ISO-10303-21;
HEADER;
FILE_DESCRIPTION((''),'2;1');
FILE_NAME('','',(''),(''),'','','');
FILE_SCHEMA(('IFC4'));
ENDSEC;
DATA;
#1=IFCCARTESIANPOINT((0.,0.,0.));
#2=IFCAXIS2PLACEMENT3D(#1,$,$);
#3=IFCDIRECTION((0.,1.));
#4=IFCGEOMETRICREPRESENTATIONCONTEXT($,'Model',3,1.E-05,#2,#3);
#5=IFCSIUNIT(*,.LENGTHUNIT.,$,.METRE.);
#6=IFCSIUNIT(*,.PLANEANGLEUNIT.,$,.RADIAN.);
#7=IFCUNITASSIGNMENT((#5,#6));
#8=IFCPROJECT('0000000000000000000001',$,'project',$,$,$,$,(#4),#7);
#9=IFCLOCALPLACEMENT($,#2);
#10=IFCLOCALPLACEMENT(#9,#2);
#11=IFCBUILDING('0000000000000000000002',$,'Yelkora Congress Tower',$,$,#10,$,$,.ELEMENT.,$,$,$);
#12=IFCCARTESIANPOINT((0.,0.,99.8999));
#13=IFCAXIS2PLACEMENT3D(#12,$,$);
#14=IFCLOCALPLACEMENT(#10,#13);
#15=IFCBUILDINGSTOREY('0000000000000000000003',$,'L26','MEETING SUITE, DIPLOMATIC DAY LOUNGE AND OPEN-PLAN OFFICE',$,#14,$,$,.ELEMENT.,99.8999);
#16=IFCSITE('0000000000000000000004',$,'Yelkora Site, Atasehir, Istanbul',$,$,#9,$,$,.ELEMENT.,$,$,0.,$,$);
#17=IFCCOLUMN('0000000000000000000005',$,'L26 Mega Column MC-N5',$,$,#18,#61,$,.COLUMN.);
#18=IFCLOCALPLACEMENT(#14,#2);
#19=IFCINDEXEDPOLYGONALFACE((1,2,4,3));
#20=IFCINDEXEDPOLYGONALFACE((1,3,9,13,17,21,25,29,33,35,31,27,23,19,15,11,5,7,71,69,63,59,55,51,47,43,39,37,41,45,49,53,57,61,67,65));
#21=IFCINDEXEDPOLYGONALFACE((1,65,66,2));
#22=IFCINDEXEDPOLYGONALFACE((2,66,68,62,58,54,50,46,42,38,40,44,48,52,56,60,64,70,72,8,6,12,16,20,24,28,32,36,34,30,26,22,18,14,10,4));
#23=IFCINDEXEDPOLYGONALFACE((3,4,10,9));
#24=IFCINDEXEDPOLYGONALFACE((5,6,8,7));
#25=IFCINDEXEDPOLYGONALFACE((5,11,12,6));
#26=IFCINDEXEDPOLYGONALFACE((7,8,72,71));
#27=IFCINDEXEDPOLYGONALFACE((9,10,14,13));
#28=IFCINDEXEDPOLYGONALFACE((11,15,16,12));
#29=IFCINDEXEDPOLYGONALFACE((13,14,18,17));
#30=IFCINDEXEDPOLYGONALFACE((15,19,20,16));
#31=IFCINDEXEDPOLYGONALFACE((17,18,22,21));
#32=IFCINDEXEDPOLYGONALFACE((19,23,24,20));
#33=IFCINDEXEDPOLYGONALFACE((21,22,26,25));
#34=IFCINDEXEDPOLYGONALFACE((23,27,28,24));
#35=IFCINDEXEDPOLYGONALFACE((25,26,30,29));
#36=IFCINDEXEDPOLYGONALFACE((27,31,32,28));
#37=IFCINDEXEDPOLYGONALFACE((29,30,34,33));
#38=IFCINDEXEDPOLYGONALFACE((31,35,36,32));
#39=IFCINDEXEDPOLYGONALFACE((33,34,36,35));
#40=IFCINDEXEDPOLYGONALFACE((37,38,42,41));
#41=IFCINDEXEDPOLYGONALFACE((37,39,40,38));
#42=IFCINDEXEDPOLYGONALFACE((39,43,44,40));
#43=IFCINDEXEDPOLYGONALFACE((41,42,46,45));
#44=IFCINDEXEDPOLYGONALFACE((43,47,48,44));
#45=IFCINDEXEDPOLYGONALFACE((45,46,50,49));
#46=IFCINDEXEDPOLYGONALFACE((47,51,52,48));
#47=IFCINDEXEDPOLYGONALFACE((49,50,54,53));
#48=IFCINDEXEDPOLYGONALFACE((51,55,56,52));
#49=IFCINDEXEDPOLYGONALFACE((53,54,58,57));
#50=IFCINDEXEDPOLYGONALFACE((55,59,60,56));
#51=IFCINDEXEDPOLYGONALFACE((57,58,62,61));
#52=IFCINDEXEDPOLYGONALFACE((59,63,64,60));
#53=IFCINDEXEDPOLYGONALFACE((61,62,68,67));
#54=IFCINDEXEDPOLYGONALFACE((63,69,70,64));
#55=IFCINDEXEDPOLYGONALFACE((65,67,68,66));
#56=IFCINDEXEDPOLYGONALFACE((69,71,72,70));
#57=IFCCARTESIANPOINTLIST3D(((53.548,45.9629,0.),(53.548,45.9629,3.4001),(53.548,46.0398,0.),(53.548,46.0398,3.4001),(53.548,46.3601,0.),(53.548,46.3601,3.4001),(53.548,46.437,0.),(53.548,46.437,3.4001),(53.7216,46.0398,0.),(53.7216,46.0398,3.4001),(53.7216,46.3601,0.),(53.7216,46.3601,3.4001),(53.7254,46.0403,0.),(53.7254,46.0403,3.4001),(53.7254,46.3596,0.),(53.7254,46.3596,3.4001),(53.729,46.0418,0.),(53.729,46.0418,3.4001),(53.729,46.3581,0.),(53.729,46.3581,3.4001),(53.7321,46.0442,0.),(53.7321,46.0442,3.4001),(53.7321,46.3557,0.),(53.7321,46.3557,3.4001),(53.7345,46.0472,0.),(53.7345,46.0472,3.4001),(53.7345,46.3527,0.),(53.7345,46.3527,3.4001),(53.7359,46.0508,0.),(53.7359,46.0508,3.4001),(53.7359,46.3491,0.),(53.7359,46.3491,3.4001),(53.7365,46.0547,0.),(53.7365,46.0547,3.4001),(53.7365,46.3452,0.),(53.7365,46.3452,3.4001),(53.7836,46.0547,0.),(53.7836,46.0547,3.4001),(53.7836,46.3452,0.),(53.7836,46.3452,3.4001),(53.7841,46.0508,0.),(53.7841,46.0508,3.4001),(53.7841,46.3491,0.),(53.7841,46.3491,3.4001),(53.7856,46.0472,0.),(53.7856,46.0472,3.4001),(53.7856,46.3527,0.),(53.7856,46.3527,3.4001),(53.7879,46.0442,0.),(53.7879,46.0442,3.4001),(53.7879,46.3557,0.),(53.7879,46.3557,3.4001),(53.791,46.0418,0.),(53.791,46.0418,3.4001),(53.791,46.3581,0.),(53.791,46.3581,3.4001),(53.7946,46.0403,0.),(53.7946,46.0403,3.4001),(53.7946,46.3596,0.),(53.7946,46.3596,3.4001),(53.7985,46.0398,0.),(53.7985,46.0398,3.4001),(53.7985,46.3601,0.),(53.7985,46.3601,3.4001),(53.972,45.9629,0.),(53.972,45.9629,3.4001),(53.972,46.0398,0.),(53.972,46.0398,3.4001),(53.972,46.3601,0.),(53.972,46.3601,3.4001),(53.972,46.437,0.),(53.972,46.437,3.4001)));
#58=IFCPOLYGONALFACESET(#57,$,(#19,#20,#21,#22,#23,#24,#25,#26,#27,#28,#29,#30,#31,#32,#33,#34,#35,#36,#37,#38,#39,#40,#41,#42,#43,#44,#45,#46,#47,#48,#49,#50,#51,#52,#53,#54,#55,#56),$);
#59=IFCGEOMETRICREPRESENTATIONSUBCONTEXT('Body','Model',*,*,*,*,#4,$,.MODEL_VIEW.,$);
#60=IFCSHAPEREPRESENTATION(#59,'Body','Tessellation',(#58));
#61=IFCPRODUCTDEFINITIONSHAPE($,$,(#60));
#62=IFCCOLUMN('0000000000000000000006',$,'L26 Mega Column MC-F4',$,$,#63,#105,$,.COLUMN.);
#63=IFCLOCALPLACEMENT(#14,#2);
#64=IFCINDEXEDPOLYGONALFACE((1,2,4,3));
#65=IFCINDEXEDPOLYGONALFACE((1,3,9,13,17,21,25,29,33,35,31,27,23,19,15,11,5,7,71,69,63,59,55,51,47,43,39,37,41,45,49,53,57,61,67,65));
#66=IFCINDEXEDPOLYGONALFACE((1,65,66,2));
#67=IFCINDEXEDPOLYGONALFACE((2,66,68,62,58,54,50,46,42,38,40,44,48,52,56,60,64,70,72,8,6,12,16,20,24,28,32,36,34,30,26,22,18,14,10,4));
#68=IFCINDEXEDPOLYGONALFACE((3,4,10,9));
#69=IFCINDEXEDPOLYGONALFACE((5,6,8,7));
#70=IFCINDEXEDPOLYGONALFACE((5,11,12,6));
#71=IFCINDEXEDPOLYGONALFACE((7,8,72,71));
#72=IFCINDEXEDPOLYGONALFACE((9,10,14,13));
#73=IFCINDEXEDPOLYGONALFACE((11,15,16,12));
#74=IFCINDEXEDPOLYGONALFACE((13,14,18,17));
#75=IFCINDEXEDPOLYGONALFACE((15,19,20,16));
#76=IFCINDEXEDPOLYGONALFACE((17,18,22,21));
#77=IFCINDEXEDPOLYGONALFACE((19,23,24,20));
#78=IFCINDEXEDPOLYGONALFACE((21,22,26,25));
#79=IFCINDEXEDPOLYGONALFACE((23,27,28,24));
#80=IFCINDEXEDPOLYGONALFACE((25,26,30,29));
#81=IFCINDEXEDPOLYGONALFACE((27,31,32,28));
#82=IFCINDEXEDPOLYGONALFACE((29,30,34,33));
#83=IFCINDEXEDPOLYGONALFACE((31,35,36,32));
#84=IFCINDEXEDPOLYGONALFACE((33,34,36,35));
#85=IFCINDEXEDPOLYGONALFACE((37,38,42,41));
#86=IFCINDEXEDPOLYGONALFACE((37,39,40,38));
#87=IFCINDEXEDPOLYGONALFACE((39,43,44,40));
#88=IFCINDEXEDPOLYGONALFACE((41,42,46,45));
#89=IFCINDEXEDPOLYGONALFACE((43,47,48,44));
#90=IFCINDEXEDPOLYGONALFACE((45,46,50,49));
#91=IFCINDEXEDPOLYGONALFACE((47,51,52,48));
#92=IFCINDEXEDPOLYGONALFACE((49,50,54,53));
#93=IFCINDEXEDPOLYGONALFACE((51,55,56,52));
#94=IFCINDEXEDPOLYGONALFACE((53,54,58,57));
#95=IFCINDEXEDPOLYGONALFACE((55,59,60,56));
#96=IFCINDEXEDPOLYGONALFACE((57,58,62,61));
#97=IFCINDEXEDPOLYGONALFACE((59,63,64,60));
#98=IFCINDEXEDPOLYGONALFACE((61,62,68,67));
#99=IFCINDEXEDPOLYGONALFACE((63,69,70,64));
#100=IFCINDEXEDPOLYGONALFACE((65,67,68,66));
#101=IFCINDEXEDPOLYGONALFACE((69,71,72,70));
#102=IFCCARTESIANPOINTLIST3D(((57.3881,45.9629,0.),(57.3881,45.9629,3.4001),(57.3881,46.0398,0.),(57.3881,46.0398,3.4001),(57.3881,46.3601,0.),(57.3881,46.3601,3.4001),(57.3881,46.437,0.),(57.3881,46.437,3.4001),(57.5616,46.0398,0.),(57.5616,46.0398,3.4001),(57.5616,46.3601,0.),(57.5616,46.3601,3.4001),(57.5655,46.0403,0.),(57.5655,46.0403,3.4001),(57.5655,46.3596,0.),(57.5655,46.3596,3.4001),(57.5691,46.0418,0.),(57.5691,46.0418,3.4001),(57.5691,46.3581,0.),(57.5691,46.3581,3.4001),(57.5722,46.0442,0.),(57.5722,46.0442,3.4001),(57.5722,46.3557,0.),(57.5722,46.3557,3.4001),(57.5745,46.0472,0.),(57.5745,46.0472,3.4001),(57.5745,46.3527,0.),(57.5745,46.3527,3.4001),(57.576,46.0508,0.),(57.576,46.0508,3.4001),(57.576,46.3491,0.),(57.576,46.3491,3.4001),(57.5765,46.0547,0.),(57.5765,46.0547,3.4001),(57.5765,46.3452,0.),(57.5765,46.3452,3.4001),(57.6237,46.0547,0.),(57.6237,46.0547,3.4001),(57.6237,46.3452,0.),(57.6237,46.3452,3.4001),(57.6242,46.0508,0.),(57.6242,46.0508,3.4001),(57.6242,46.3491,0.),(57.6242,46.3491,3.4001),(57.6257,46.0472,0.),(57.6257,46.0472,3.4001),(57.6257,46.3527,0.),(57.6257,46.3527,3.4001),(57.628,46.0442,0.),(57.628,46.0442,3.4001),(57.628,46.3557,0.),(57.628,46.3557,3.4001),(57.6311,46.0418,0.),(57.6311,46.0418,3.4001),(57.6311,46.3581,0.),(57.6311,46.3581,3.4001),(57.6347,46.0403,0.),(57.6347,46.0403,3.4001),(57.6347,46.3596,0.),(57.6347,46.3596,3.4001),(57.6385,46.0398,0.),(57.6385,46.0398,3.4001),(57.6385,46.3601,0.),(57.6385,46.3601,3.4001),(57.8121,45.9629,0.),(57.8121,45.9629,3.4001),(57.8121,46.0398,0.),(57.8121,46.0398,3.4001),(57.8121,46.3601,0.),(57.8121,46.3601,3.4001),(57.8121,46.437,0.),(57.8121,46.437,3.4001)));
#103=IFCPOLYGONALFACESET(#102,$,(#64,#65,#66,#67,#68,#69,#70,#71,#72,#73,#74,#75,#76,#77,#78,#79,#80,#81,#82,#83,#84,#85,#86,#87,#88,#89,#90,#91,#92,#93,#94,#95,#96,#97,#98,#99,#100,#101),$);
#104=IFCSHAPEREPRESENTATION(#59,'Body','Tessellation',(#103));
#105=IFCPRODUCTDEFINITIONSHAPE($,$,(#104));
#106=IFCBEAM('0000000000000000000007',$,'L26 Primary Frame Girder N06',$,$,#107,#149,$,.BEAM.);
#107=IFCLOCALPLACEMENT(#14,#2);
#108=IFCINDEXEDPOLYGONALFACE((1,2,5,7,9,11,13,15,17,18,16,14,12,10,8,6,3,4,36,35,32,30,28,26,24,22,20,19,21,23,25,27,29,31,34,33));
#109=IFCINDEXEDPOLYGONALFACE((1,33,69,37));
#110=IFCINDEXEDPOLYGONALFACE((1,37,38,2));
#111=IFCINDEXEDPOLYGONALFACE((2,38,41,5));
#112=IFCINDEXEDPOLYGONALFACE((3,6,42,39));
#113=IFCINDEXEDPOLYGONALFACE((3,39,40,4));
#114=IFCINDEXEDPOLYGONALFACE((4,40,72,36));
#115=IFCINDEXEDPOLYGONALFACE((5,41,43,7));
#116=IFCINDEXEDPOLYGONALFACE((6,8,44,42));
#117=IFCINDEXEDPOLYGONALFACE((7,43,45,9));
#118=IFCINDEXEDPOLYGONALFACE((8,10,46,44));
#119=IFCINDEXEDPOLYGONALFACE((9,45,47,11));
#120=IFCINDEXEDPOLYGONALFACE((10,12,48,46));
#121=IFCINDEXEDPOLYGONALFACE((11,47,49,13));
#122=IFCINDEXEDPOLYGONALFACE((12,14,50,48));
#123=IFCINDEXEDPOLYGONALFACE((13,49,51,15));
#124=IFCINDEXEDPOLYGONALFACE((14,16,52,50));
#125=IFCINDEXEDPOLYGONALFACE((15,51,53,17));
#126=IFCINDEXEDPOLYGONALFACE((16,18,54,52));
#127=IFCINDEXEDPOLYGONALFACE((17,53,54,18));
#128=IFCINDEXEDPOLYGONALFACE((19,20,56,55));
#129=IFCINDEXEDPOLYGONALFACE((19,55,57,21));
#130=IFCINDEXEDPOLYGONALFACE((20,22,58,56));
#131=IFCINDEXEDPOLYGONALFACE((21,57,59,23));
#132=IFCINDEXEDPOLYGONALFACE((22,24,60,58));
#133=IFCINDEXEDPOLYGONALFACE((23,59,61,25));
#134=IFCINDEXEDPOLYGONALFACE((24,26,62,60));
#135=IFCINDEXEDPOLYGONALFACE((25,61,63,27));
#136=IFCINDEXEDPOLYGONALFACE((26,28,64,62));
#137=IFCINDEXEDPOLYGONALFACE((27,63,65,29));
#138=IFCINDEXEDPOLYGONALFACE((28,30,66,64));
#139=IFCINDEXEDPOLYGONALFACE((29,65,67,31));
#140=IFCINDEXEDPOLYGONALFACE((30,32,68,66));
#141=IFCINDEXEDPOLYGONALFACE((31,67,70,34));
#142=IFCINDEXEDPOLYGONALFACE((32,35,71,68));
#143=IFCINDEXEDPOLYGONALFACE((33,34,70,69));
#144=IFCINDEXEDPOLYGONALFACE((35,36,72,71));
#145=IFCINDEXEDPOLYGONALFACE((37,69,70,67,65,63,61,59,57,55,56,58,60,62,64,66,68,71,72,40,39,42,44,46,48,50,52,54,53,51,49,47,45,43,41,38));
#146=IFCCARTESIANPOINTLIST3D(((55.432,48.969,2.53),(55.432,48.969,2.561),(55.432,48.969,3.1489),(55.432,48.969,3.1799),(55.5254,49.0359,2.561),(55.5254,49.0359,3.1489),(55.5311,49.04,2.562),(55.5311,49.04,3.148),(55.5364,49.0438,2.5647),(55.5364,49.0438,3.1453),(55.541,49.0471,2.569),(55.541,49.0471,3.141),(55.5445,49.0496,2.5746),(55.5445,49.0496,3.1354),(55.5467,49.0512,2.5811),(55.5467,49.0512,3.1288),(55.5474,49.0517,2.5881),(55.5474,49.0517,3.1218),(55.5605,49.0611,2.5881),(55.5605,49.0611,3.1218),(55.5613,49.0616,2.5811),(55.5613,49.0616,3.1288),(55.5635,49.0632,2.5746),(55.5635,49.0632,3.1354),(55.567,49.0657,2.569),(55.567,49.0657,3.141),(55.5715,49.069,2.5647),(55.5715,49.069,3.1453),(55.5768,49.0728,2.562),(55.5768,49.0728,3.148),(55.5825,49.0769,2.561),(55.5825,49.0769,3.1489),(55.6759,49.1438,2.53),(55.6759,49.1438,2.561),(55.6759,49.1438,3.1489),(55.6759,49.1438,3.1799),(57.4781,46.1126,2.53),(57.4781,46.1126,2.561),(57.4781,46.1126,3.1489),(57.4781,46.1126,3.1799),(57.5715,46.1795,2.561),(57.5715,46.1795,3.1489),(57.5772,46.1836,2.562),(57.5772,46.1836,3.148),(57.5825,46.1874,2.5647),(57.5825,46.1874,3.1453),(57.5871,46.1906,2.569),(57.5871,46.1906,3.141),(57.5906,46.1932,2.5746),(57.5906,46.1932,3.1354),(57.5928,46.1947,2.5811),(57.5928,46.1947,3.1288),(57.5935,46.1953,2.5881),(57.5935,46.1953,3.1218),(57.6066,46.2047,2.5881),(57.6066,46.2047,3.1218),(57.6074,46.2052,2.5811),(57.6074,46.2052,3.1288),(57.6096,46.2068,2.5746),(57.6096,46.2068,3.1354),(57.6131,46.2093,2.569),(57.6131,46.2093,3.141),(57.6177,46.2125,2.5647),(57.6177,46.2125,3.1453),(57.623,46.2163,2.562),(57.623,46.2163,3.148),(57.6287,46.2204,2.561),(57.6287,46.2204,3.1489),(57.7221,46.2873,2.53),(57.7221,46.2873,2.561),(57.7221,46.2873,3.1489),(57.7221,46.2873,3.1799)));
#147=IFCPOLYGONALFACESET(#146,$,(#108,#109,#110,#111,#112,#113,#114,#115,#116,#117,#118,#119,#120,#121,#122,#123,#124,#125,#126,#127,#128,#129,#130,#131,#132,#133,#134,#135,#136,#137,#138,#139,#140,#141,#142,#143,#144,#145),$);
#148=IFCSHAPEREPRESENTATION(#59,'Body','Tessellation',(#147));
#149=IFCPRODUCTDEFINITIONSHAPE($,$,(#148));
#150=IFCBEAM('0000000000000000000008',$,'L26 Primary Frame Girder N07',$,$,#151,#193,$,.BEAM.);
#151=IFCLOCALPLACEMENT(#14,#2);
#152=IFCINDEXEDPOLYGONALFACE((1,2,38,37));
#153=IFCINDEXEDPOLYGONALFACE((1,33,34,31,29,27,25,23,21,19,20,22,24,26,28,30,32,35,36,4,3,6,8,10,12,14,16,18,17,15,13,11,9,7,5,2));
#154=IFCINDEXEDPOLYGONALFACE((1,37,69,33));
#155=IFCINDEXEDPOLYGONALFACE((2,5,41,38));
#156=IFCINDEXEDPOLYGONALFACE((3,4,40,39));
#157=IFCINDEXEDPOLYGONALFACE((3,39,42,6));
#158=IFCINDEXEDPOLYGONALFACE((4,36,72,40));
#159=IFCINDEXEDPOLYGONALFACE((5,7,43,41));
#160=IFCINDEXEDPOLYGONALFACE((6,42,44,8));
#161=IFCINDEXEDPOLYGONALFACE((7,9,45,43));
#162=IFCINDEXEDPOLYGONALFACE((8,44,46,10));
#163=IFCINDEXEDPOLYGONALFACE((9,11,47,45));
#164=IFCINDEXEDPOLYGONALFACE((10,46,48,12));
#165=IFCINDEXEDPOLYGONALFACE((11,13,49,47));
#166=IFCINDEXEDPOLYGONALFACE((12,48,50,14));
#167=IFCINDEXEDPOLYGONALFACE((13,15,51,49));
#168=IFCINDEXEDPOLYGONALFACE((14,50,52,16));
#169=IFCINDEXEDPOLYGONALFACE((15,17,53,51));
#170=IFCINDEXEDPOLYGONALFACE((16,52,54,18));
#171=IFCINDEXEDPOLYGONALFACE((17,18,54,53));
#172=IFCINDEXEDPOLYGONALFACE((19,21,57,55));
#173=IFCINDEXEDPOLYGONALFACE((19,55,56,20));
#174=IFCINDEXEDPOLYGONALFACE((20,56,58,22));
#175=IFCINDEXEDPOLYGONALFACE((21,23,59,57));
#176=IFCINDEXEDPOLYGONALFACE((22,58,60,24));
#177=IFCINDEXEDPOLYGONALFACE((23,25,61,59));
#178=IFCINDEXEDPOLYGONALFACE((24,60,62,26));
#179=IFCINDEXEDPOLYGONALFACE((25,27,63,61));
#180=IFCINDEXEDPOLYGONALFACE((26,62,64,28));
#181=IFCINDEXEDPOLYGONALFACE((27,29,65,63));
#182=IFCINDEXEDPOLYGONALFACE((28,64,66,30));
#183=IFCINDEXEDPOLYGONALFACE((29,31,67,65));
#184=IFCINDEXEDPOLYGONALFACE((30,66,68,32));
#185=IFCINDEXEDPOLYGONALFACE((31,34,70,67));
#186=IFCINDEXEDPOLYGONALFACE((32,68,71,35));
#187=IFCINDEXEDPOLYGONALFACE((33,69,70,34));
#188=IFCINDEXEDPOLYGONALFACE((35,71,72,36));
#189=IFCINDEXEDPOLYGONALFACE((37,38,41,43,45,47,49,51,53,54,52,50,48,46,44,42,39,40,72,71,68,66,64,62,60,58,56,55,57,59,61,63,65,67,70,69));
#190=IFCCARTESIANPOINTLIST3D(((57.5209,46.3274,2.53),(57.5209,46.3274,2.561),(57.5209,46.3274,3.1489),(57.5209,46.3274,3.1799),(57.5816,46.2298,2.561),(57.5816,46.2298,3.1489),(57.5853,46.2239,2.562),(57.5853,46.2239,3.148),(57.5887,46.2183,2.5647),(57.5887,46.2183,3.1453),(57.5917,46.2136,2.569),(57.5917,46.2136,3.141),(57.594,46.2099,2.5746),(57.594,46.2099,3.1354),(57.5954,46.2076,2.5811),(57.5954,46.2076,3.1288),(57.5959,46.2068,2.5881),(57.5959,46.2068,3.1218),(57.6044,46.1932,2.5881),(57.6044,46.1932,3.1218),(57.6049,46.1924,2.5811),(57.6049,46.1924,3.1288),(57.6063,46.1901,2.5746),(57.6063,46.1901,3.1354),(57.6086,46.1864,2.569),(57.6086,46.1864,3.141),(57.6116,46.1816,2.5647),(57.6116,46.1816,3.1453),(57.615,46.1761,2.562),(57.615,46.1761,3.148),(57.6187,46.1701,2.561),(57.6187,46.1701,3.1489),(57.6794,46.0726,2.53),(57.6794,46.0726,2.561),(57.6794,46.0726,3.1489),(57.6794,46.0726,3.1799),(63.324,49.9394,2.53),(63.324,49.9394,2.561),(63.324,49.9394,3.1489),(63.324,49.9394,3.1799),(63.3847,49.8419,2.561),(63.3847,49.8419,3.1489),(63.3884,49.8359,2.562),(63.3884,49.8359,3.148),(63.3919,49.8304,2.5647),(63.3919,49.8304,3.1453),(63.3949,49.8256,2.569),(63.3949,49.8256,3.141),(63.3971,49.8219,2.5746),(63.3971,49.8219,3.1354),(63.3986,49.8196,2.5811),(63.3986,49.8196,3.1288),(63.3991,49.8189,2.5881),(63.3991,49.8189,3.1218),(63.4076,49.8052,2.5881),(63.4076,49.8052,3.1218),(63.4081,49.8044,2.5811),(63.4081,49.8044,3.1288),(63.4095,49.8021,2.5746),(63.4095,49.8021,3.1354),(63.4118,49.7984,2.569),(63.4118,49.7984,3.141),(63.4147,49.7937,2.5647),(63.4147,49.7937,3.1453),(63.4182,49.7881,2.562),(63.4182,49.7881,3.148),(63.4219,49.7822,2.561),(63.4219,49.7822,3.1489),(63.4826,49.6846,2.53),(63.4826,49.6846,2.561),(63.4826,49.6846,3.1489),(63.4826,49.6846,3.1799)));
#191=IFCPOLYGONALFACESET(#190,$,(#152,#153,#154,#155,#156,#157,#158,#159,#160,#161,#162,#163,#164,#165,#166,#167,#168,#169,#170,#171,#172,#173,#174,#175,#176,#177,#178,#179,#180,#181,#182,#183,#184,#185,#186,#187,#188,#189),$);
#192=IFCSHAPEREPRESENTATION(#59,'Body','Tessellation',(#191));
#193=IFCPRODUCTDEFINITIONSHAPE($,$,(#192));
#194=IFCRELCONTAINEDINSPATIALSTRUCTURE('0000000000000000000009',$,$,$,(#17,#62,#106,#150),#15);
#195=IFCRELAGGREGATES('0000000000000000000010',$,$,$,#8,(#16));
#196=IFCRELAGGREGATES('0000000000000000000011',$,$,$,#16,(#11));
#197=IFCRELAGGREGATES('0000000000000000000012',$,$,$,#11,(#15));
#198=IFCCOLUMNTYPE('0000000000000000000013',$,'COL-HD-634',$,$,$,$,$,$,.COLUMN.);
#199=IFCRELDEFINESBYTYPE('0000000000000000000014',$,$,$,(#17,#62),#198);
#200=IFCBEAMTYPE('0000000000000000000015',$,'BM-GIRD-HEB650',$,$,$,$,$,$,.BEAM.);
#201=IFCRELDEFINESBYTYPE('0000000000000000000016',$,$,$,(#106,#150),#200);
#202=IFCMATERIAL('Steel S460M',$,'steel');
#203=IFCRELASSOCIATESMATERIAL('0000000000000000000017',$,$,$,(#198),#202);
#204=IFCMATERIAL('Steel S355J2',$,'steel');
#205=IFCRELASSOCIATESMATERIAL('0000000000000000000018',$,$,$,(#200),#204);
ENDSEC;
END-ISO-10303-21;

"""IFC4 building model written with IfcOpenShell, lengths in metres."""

from ifc_helpers import new_model, si_unit, direction, frame, origin, origin_2d, place, context, subcontext, project, spatial, i_section, extrude, material, material_profile, profile_set, type_object, element, save


model = new_model("IFC4")

# Units and contexts
model_context = context("Model", 3, precision=1e-05, world=origin(), true_north=direction((0.0, 1.0)))
body_context = subcontext(model_context, "Body", "Model", "MODEL_VIEW")
ifc_project = project(units=[si_unit("LENGTHUNIT", "METRE"), si_unit("PLANEANGLEUNIT", "RADIAN")], contexts=[model_context])

# Site, building, storey
site_placement = place(None, origin())
site = spatial("IfcSite", under=ifc_project, at=site_placement, Name="Yelkora Site, Atasehir, Istanbul", CompositionType="ELEMENT", RefElevation=0.0)
building_placement = place(site_placement, origin())
building = spatial("IfcBuilding", under=site, at=building_placement, Name="Yelkora Congress Tower", CompositionType="ELEMENT")
storey_placement = place(building_placement, frame((0.0, 0.0, 99.8999)))
storey = spatial("IfcBuildingStorey", under=building, at=storey_placement, Name="L26", Description="MEETING SUITE, DIPLOMATIC DAY LOUNGE AND OPEN-PLAN OFFICE", CompositionType="ELEMENT", Elevation=99.8999)

# Columns
ifc_material_1 = material(Name="Steel S460M", Category="steel")
ifc_material_profile_1 = material_profile(ifc_material_1, i_section(OverallWidth=0.4241, OverallDepth=0.4741, WebThickness=0.0471, FlangeThickness=0.0769, FilletRadius=0.0149, at=origin_2d()), Name="HD 400x634")
ifc_profile_set_1 = profile_set([ifc_material_profile_1], Name="Steel S460M")
column_type_1 = type_object("IfcColumnType", Name="COL-HD-634", PredefinedType="COLUMN", material=ifc_profile_set_1)
for number, where, z_axis, x_axis, name in (
    (1, (53.76, 46.2, 0.0), (0.0, 0.0, 1.0), (1.0, 0.0, 0.0), "L26 Mega Column MC-N5"),
    (2, (57.6001, 46.2, 0.0), (0.0, 0.0, 1.0), (1.0, 0.0, 0.0), "L26 Mega Column MC-F4"),
):
    element("IfcColumn", number, at=place(storey_placement, frame(where, z_axis=z_axis, x_axis=x_axis)), inside=storey, type_object=column_type_1, Name=name, PredefinedType="COLUMN", context=body_context, shape_type="SweptSolid", body=[
        extrude(i_section(OverallWidth=0.4241, OverallDepth=0.4741, WebThickness=0.0471, FlangeThickness=0.0769, FilletRadius=0.0149, at=origin_2d()), origin(), (0.0, 0.0, 1.0), 3.4001),
    ])

# Beams
ifc_material_2 = material(Name="Steel S355J2", Category="steel")
ifc_material_profile_2 = material_profile(ifc_material_2, i_section(OverallWidth=0.3, OverallDepth=0.6499, WebThickness=0.0161, FlangeThickness=0.031, FilletRadius=0.0271, at=origin_2d()), Name="HEB 650")
ifc_profile_set_2 = profile_set([ifc_material_profile_2], Name="Steel S355J2")
beam_type_1 = type_object("IfcBeamType", Name="BM-GIRD-HEB650", PredefinedType="BEAM", material=ifc_profile_set_2)
beam_1_placement = place(storey_placement, frame((55.554, 49.0564, 2.855), z_axis=(0.582335, -0.812949, 0.0), x_axis=(0.812949, 0.582335, 0.0)))
element("IfcBeam", 3, at=beam_1_placement, inside=storey, type_object=beam_type_1, Name="L26 Primary Frame Girder N06", PredefinedType="BEAM", context=body_context, shape_type="SweptSolid", body=[
    extrude(i_section(OverallWidth=0.3, OverallDepth=0.6499, WebThickness=0.0161, FlangeThickness=0.031, FilletRadius=0.0271, at=origin_2d()), origin(), (0.0, 0.0, 1.0), 3.5137),
])
beam_2_placement = place(storey_placement, frame((63.4033, 49.812, 2.855), z_axis=(-0.84898, -0.528425, 0.0), x_axis=(0.528425, -0.84898, 0.0)))
element("IfcBeam", 4, at=beam_2_placement, inside=storey, type_object=beam_type_1, Name="L26 Primary Frame Girder N07", PredefinedType="BEAM", context=body_context, shape_type="SweptSolid", body=[
    extrude(i_section(OverallWidth=0.3, OverallDepth=0.6499, WebThickness=0.0161, FlangeThickness=0.031, FilletRadius=0.0271, at=origin_2d()), origin(), (0.0, 0.0, 1.0), 6.8354),
])

save(model, "model.ifc")
